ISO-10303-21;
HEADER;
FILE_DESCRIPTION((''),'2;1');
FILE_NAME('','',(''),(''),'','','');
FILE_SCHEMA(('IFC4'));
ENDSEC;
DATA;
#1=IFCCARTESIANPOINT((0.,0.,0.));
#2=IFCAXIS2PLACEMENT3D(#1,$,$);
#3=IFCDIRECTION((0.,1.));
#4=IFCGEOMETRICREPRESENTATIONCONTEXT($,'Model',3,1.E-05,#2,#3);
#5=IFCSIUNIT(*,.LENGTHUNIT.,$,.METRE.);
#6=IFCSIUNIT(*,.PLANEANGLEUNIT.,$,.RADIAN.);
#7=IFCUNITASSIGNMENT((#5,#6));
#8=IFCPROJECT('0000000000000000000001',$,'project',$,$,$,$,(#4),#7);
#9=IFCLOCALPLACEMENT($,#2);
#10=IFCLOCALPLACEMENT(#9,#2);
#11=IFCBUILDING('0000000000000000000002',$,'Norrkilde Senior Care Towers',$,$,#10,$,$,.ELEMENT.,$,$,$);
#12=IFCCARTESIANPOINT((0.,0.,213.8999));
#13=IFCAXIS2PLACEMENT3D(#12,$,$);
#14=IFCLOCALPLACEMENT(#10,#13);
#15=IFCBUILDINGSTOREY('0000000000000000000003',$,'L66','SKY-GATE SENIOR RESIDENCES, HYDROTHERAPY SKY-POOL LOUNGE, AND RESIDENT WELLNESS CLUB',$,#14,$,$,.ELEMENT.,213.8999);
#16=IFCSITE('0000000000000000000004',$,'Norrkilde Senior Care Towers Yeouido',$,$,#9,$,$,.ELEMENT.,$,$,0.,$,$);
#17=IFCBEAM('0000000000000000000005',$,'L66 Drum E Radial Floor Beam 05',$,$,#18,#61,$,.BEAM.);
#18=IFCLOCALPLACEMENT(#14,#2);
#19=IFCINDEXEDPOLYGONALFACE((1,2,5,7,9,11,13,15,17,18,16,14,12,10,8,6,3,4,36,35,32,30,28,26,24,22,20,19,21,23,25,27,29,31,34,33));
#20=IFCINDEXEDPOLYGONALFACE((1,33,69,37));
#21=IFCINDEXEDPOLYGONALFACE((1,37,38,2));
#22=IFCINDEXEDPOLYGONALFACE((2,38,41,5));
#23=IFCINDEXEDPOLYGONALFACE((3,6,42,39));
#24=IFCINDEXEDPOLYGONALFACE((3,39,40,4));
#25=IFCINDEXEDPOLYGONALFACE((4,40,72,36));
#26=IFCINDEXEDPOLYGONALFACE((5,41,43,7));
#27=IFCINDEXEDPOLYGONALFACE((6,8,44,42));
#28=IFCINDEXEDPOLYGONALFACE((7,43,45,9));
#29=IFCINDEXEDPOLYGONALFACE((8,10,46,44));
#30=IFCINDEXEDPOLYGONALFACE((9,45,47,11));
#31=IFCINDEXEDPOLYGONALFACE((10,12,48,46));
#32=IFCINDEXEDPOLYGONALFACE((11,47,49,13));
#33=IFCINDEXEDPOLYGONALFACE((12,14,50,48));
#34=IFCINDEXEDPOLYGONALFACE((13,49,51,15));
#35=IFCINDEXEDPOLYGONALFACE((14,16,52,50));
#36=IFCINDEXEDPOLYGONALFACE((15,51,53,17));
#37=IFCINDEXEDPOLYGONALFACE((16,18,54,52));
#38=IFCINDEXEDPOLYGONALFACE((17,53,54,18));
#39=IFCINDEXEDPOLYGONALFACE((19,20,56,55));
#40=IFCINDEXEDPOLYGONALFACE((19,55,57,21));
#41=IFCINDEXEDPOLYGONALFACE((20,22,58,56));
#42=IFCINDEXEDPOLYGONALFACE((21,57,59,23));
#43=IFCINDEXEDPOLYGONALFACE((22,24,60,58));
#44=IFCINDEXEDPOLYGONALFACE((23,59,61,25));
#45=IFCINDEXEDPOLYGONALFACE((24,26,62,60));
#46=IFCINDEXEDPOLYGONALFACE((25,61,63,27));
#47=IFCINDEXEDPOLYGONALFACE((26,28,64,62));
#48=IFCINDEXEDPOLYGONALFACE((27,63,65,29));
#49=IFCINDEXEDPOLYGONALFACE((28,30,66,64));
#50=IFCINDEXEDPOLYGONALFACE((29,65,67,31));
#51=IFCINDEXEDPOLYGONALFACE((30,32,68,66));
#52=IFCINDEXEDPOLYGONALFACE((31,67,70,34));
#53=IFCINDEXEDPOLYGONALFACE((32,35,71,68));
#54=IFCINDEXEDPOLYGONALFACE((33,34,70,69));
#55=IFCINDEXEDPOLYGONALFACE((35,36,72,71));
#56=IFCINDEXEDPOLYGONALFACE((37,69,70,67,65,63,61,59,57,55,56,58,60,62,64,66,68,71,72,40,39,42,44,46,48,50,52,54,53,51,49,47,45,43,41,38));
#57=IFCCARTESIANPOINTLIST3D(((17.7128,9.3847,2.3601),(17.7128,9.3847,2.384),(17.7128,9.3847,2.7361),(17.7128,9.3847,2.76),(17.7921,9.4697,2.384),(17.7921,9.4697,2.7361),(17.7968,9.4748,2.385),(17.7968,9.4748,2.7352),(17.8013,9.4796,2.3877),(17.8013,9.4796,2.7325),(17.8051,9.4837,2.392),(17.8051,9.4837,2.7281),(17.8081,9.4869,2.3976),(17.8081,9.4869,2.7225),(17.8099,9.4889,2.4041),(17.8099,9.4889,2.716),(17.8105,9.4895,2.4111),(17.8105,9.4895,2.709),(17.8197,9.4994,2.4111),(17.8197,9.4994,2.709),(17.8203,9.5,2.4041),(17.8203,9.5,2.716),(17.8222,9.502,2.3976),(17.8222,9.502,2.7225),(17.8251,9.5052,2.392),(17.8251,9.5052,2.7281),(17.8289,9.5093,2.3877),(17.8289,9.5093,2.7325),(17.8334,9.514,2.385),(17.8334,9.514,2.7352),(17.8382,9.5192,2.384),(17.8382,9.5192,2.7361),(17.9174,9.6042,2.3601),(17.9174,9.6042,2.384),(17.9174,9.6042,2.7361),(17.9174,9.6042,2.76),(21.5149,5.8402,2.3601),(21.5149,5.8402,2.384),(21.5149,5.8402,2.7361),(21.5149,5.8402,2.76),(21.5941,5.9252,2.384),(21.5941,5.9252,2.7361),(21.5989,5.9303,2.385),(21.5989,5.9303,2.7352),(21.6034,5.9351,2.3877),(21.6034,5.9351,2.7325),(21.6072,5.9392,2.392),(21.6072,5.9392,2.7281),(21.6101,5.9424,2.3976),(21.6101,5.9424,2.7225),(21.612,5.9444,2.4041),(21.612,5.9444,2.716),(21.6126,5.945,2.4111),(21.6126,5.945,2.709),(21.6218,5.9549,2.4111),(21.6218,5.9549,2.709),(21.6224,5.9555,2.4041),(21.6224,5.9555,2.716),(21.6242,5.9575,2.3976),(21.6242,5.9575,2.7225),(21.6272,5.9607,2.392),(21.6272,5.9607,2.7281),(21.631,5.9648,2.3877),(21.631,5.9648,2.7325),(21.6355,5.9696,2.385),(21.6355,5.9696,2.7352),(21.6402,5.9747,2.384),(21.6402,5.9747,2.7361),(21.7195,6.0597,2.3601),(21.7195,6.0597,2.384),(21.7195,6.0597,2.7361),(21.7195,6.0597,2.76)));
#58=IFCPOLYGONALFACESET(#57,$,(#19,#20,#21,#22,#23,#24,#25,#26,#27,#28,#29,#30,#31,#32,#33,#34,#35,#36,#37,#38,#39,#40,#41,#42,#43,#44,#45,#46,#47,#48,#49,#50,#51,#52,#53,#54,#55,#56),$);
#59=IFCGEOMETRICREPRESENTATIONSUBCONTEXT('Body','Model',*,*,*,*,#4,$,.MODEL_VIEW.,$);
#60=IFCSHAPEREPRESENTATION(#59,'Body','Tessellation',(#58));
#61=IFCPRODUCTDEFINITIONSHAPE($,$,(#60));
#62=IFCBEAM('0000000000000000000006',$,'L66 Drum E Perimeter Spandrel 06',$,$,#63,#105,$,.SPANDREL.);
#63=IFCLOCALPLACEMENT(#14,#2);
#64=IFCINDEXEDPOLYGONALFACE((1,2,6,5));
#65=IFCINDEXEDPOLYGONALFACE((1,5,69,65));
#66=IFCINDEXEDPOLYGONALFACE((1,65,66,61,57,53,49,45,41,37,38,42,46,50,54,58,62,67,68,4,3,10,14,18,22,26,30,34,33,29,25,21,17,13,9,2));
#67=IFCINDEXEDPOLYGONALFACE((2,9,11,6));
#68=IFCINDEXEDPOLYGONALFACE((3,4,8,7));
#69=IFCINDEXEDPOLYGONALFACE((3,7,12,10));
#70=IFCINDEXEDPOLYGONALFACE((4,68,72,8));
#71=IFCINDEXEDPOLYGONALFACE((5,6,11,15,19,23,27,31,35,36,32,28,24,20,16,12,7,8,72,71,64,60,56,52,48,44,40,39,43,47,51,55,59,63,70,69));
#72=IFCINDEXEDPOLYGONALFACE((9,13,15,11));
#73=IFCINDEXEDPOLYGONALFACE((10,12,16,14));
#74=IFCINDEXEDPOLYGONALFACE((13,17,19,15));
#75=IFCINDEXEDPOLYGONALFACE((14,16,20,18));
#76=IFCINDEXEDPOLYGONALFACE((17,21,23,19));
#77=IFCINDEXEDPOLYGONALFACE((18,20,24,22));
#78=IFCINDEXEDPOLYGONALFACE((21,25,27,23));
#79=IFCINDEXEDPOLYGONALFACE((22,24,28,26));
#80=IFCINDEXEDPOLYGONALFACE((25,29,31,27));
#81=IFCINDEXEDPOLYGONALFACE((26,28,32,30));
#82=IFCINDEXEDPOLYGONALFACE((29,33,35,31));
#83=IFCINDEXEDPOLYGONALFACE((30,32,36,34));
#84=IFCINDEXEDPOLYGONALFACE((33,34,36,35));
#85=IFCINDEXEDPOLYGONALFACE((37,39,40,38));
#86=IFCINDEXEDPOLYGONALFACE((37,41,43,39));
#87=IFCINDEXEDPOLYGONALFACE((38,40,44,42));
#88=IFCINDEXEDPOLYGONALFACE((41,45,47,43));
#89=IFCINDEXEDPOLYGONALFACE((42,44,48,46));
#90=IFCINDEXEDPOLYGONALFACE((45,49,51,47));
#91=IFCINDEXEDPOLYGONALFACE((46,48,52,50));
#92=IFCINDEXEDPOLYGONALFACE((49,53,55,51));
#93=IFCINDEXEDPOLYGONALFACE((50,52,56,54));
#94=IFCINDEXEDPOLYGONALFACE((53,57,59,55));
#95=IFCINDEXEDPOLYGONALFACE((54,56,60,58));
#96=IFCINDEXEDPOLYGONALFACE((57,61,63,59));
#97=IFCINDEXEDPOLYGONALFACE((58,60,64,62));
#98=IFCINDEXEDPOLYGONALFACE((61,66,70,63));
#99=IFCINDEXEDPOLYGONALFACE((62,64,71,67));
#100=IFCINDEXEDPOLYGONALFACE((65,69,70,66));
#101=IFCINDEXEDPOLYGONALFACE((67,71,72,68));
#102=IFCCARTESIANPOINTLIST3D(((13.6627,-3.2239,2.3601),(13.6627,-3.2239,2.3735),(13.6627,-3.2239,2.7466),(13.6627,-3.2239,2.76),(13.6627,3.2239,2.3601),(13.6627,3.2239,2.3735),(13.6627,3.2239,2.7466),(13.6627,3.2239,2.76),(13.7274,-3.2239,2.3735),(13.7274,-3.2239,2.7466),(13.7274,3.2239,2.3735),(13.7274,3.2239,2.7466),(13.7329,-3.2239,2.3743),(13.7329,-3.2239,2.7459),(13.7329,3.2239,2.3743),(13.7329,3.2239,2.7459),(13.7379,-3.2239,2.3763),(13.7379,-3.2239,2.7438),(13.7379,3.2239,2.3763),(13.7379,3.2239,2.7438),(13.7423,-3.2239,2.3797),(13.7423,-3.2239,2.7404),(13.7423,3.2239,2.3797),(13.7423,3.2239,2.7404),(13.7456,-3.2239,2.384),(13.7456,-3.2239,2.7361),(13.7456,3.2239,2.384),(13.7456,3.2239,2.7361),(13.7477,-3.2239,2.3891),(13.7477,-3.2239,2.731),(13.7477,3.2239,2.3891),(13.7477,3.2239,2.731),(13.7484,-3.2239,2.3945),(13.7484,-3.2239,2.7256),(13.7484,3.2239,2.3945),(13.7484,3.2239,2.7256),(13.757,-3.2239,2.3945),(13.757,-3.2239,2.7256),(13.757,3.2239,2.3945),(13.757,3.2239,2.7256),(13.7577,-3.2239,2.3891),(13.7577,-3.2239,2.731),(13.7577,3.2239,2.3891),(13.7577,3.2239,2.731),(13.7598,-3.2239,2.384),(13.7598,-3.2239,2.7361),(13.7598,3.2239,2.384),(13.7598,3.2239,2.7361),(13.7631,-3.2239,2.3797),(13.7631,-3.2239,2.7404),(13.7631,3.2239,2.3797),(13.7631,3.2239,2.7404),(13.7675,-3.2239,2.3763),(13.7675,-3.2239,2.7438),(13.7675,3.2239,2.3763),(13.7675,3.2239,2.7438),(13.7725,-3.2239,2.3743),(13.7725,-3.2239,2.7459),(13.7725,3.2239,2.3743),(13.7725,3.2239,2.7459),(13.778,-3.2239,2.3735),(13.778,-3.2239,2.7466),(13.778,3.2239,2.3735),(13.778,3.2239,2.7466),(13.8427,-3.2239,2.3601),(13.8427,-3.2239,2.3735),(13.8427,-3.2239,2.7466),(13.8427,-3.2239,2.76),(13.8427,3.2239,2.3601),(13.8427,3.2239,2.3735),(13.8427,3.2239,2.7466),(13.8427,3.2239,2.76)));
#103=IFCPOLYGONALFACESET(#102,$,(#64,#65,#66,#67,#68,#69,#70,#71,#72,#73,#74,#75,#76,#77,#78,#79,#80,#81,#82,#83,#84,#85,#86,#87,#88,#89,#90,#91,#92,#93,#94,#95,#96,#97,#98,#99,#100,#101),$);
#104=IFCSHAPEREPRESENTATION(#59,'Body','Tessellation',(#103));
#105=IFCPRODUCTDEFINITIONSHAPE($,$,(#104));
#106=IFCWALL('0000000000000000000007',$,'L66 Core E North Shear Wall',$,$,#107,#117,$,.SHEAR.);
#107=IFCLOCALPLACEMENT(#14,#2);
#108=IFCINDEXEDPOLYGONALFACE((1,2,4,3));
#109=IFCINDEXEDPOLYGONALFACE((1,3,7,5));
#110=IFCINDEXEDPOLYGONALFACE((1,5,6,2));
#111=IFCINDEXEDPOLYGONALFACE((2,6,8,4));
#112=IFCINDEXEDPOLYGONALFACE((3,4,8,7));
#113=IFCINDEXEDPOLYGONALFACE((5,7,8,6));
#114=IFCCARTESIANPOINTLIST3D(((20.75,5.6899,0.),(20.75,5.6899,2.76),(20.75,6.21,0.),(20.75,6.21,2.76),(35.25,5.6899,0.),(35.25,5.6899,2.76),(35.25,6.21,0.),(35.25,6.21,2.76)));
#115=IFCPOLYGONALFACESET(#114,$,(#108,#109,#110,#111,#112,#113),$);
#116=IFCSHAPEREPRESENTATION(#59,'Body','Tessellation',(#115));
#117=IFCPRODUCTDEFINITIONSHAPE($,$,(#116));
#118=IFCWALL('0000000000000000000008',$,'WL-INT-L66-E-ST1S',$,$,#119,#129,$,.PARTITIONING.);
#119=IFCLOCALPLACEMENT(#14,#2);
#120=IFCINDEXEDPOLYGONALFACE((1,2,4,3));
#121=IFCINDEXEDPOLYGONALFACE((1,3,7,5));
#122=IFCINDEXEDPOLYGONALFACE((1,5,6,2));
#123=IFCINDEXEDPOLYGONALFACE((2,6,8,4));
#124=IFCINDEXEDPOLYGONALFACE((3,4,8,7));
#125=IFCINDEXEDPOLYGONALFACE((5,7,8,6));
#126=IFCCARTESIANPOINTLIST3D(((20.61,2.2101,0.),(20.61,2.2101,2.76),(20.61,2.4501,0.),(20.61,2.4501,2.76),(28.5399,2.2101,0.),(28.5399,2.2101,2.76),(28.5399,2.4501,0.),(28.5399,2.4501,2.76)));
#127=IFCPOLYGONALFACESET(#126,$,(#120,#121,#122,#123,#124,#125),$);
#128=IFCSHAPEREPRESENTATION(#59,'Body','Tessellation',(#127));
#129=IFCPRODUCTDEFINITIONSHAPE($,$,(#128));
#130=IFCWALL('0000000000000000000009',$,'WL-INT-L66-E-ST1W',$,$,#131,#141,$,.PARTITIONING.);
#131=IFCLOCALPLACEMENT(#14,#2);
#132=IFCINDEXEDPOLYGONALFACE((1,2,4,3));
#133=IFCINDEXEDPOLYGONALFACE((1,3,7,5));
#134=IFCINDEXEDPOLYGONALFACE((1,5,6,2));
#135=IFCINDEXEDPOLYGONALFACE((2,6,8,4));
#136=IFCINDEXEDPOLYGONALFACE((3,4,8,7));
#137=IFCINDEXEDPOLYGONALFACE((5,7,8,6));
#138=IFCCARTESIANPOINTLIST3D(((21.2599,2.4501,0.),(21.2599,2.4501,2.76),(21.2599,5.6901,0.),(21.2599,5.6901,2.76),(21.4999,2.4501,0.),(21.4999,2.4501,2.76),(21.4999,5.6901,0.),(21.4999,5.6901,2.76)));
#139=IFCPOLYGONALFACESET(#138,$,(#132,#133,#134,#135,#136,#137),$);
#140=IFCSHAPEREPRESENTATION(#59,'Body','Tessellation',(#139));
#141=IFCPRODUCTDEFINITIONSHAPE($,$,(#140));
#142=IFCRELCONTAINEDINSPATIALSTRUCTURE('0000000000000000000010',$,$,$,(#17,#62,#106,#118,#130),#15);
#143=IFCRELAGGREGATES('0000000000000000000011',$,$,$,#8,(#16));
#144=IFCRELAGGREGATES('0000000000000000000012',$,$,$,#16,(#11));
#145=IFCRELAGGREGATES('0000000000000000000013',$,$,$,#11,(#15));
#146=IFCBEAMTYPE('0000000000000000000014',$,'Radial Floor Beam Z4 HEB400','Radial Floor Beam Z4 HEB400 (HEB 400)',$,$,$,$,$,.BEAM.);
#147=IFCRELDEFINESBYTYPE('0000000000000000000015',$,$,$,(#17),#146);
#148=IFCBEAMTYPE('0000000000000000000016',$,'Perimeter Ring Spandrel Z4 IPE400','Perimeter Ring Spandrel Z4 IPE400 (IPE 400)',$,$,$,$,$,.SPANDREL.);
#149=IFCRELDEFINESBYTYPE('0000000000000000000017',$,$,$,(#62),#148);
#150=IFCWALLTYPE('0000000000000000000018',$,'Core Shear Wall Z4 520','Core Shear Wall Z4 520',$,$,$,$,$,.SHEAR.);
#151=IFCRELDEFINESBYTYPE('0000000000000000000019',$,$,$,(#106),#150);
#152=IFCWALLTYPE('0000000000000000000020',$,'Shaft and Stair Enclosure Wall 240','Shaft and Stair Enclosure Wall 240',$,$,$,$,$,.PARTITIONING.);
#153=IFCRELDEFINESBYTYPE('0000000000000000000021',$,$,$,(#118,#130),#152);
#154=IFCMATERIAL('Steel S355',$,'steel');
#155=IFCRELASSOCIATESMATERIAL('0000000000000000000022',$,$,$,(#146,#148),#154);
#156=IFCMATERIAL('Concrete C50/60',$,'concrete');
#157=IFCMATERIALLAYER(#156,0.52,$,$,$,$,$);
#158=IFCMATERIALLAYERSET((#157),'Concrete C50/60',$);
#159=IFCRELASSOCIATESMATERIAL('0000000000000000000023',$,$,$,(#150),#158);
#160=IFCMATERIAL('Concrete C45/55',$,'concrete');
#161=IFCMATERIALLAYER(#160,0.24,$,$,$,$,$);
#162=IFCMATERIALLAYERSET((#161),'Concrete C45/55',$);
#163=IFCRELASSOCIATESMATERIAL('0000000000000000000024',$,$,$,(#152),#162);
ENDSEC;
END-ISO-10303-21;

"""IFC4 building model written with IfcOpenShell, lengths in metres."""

from ifc_helpers import new_model, si_unit, direction, frame, frame_2d, origin, origin_2d, place, context, subcontext, project, spatial, rectangle, i_section, extrude, source, transform, mapped, material, layer, layer_set, material_profile, profile_set, type_object, type_shapes, element, save


model = new_model("IFC4")

# Units and contexts
model_context = context("Model", 3, precision=1e-05, world=origin(), true_north=direction((0.0, 1.0)))
body_context = subcontext(model_context, "Body", "Model", "MODEL_VIEW")
ifc_project = project(units=[si_unit("LENGTHUNIT", "METRE"), si_unit("PLANEANGLEUNIT", "RADIAN")], contexts=[model_context])

# Site, building, storey
site_placement = place(None, origin())
site = spatial("IfcSite", under=ifc_project, at=site_placement, Name="Norrkilde Senior Care Towers Yeouido", CompositionType="ELEMENT", RefElevation=0.0)
building_placement = place(site_placement, origin())
building = spatial("IfcBuilding", under=site, at=building_placement, Name="Norrkilde Senior Care Towers", CompositionType="ELEMENT")
storey_placement = place(building_placement, frame((0.0, 0.0, 213.8999)))
storey = spatial("IfcBuildingStorey", under=building, at=storey_placement, Name="L66", Description="SKY-GATE SENIOR RESIDENCES, HYDROTHERAPY SKY-POOL LOUNGE, AND RESIDENT WELLNESS CLUB", CompositionType="ELEMENT", Elevation=213.8999)

# Shared definitions
ifc_material_1 = material(Name="Concrete C50/60", Category="concrete")

# Beams
ifc_material_2 = material(Name="Steel S355", Category="steel")
ifc_material_profile_1 = material_profile(ifc_material_2, i_section(OverallWidth=0.3, OverallDepth=0.3999, WebThickness=0.0134, FlangeThickness=0.0239, FilletRadius=0.0271, at=origin_2d()), Name="HEB 400")
ifc_profile_set_1 = profile_set([ifc_material_profile_1], Name="Steel S355")
beam_type_1 = type_object("IfcBeamType", Name="Radial Floor Beam Z4 HEB400", Description="Radial Floor Beam Z4 HEB400 (HEB 400)", PredefinedType="BEAM", material=ifc_profile_set_1)
shared_shape_1 = source(origin(), body_context, "Body", "SweptSolid", [
    extrude(i_section(OverallWidth=0.3, OverallDepth=0.3999, WebThickness=0.0134, FlangeThickness=0.0239, FilletRadius=0.0271, at=origin_2d()), origin(), (0.0, 0.0, 1.0), 5.198),
])
beam_1_placement = place(storey_placement, frame((21.6172, 5.95, 2.5601), z_axis=(-0.731449, 0.681896, 0.0), x_axis=(-0.681896, -0.731449, 0.0)))
element("IfcBeam", 1, at=beam_1_placement, inside=storey, type_object=beam_type_1, Name="L66 Drum E Radial Floor Beam 05", PredefinedType="BEAM", context=body_context, shape_type="MappedRepresentation", body=[
    mapped(shared_shape_1, transform((0.0, 0.0, 0.0), x_axis=(1.0, 0.0, 0.0), y_axis=(0.0, 1.0, 0.0), z_axis=(0.0, 0.0, 1.0), scale=1.0)),
])
ifc_material_profile_2 = material_profile(ifc_material_2, i_section(OverallWidth=0.1799, OverallDepth=0.3999, WebThickness=0.0085, FlangeThickness=0.0134, FilletRadius=0.021, at=origin_2d()), Name="IPE 400")
ifc_profile_set_2 = profile_set([ifc_material_profile_2], Name="Steel S355")
beam_type_2 = type_object("IfcBeamType", Name="Perimeter Ring Spandrel Z4 IPE400", Description="Perimeter Ring Spandrel Z4 IPE400 (IPE 400)", PredefinedType="SPANDREL", material=ifc_profile_set_2)
shared_shape_2 = source(origin(), body_context, "Body", "SweptSolid", [
    extrude(i_section(OverallWidth=0.1799, OverallDepth=0.3999, WebThickness=0.0085, FlangeThickness=0.0134, FilletRadius=0.021, at=origin_2d()), origin(), (0.0, 0.0, 1.0), 6.4478),
])
type_shapes(beam_type_2, [shared_shape_2])
beam_2_placement = place(storey_placement, frame((13.7527, 3.2239, 2.5601), z_axis=(0.0, -1.0, 0.0), x_axis=(1.0, 0.0, 0.0)))
element("IfcBeam", 2, at=beam_2_placement, inside=storey, type_object=beam_type_2, Name="L66 Drum E Perimeter Spandrel 06", PredefinedType="SPANDREL", context=body_context, shape_type="MappedRepresentation", body=[
    mapped(shared_shape_2, transform((0.0, 0.0, 0.0), x_axis=(1.0, 0.0, 0.0), y_axis=(0.0, 1.0, 0.0), z_axis=(0.0, 0.0, 1.0), scale=1.0)),
])

# Walls
ifc_layer_1 = layer(ifc_material_1, 0.52)
ifc_layer_set_1 = layer_set([ifc_layer_1], Name="Concrete C50/60")
wall_type_1 = type_object("IfcWallType", Name="Core Shear Wall Z4 520", Description="Core Shear Wall Z4 520", PredefinedType="SHEAR", material=ifc_layer_set_1)
shared_shape_3 = source(origin(), body_context, "Body", "SweptSolid", [
    extrude(rectangle(XDim=14.5, YDim=0.52, at=frame_2d((7.25, 0.0))), origin(), (0.0, 0.0, 1.0), 2.76),
])
type_shapes(wall_type_1, [shared_shape_3])
wall_1_placement = place(storey_placement, frame((20.75, 5.95, 0.0), z_axis=(0.0, 0.0, 1.0), x_axis=(1.0, 0.0, 0.0)))
element("IfcWall", 3, at=wall_1_placement, inside=storey, type_object=wall_type_1, Name="L66 Core E North Shear Wall", PredefinedType="SHEAR", context=body_context, shape_type="MappedRepresentation", body=[
    mapped(shared_shape_3, transform((0.0, 0.0, 0.0), x_axis=(1.0, 0.0, 0.0), y_axis=(0.0, 1.0, 0.0), z_axis=(0.0, 0.0, 1.0), scale=1.0)),
])
ifc_material_3 = material(Name="Concrete C45/55", Category="concrete")
ifc_layer_2 = layer(ifc_material_3, 0.24)
ifc_layer_set_2 = layer_set([ifc_layer_2], Name="Concrete C45/55")
wall_type_2 = type_object("IfcWallType", Name="Shaft and Stair Enclosure Wall 240", Description="Shaft and Stair Enclosure Wall 240", PredefinedType="PARTITIONING", material=ifc_layer_set_2)
shared_shape_4 = source(origin(), body_context, "Body", "SweptSolid", [
    extrude(rectangle(XDim=7.9299, YDim=0.24, at=frame_2d((3.9648, 0.0))), origin(), (0.0, 0.0, 1.0), 2.76),
])
wall_2_placement = place(storey_placement, frame((20.6101, 2.3301, 0.0), z_axis=(0.0, 0.0, 1.0), x_axis=(1.0, 0.0, 0.0)))
element("IfcWall", 4, at=wall_2_placement, inside=storey, type_object=wall_type_2, Name="WL-INT-L66-E-ST1S", PredefinedType="PARTITIONING", context=body_context, shape_type="MappedRepresentation", body=[
    mapped(shared_shape_4, transform((0.0, 0.0, 0.0), x_axis=(1.0, 0.0, 0.0), y_axis=(0.0, 1.0, 0.0), z_axis=(0.0, 0.0, 1.0), scale=1.0)),
])
shared_shape_5 = source(origin(), body_context, "Body", "SweptSolid", [
    extrude(rectangle(XDim=3.24, YDim=0.24, at=frame_2d((1.6201, 0.0))), origin(), (0.0, 0.0, 1.0), 2.76),
])
type_shapes(wall_type_2, [shared_shape_4, shared_shape_5])
wall_3_placement = place(storey_placement, frame((21.3799, 2.45, 0.0), z_axis=(0.0, 0.0, 1.0), x_axis=(0.0, 1.0, 0.0)))
element("IfcWall", 5, at=wall_3_placement, inside=storey, type_object=wall_type_2, Name="WL-INT-L66-E-ST1W", PredefinedType="PARTITIONING", context=body_context, shape_type="MappedRepresentation", body=[
    mapped(shared_shape_5, transform((0.0, 0.0, 0.0), x_axis=(1.0, 0.0, 0.0), y_axis=(0.0, 1.0, 0.0), z_axis=(0.0, 0.0, 1.0), scale=1.0)),
])

save(model, "model.ifc")
